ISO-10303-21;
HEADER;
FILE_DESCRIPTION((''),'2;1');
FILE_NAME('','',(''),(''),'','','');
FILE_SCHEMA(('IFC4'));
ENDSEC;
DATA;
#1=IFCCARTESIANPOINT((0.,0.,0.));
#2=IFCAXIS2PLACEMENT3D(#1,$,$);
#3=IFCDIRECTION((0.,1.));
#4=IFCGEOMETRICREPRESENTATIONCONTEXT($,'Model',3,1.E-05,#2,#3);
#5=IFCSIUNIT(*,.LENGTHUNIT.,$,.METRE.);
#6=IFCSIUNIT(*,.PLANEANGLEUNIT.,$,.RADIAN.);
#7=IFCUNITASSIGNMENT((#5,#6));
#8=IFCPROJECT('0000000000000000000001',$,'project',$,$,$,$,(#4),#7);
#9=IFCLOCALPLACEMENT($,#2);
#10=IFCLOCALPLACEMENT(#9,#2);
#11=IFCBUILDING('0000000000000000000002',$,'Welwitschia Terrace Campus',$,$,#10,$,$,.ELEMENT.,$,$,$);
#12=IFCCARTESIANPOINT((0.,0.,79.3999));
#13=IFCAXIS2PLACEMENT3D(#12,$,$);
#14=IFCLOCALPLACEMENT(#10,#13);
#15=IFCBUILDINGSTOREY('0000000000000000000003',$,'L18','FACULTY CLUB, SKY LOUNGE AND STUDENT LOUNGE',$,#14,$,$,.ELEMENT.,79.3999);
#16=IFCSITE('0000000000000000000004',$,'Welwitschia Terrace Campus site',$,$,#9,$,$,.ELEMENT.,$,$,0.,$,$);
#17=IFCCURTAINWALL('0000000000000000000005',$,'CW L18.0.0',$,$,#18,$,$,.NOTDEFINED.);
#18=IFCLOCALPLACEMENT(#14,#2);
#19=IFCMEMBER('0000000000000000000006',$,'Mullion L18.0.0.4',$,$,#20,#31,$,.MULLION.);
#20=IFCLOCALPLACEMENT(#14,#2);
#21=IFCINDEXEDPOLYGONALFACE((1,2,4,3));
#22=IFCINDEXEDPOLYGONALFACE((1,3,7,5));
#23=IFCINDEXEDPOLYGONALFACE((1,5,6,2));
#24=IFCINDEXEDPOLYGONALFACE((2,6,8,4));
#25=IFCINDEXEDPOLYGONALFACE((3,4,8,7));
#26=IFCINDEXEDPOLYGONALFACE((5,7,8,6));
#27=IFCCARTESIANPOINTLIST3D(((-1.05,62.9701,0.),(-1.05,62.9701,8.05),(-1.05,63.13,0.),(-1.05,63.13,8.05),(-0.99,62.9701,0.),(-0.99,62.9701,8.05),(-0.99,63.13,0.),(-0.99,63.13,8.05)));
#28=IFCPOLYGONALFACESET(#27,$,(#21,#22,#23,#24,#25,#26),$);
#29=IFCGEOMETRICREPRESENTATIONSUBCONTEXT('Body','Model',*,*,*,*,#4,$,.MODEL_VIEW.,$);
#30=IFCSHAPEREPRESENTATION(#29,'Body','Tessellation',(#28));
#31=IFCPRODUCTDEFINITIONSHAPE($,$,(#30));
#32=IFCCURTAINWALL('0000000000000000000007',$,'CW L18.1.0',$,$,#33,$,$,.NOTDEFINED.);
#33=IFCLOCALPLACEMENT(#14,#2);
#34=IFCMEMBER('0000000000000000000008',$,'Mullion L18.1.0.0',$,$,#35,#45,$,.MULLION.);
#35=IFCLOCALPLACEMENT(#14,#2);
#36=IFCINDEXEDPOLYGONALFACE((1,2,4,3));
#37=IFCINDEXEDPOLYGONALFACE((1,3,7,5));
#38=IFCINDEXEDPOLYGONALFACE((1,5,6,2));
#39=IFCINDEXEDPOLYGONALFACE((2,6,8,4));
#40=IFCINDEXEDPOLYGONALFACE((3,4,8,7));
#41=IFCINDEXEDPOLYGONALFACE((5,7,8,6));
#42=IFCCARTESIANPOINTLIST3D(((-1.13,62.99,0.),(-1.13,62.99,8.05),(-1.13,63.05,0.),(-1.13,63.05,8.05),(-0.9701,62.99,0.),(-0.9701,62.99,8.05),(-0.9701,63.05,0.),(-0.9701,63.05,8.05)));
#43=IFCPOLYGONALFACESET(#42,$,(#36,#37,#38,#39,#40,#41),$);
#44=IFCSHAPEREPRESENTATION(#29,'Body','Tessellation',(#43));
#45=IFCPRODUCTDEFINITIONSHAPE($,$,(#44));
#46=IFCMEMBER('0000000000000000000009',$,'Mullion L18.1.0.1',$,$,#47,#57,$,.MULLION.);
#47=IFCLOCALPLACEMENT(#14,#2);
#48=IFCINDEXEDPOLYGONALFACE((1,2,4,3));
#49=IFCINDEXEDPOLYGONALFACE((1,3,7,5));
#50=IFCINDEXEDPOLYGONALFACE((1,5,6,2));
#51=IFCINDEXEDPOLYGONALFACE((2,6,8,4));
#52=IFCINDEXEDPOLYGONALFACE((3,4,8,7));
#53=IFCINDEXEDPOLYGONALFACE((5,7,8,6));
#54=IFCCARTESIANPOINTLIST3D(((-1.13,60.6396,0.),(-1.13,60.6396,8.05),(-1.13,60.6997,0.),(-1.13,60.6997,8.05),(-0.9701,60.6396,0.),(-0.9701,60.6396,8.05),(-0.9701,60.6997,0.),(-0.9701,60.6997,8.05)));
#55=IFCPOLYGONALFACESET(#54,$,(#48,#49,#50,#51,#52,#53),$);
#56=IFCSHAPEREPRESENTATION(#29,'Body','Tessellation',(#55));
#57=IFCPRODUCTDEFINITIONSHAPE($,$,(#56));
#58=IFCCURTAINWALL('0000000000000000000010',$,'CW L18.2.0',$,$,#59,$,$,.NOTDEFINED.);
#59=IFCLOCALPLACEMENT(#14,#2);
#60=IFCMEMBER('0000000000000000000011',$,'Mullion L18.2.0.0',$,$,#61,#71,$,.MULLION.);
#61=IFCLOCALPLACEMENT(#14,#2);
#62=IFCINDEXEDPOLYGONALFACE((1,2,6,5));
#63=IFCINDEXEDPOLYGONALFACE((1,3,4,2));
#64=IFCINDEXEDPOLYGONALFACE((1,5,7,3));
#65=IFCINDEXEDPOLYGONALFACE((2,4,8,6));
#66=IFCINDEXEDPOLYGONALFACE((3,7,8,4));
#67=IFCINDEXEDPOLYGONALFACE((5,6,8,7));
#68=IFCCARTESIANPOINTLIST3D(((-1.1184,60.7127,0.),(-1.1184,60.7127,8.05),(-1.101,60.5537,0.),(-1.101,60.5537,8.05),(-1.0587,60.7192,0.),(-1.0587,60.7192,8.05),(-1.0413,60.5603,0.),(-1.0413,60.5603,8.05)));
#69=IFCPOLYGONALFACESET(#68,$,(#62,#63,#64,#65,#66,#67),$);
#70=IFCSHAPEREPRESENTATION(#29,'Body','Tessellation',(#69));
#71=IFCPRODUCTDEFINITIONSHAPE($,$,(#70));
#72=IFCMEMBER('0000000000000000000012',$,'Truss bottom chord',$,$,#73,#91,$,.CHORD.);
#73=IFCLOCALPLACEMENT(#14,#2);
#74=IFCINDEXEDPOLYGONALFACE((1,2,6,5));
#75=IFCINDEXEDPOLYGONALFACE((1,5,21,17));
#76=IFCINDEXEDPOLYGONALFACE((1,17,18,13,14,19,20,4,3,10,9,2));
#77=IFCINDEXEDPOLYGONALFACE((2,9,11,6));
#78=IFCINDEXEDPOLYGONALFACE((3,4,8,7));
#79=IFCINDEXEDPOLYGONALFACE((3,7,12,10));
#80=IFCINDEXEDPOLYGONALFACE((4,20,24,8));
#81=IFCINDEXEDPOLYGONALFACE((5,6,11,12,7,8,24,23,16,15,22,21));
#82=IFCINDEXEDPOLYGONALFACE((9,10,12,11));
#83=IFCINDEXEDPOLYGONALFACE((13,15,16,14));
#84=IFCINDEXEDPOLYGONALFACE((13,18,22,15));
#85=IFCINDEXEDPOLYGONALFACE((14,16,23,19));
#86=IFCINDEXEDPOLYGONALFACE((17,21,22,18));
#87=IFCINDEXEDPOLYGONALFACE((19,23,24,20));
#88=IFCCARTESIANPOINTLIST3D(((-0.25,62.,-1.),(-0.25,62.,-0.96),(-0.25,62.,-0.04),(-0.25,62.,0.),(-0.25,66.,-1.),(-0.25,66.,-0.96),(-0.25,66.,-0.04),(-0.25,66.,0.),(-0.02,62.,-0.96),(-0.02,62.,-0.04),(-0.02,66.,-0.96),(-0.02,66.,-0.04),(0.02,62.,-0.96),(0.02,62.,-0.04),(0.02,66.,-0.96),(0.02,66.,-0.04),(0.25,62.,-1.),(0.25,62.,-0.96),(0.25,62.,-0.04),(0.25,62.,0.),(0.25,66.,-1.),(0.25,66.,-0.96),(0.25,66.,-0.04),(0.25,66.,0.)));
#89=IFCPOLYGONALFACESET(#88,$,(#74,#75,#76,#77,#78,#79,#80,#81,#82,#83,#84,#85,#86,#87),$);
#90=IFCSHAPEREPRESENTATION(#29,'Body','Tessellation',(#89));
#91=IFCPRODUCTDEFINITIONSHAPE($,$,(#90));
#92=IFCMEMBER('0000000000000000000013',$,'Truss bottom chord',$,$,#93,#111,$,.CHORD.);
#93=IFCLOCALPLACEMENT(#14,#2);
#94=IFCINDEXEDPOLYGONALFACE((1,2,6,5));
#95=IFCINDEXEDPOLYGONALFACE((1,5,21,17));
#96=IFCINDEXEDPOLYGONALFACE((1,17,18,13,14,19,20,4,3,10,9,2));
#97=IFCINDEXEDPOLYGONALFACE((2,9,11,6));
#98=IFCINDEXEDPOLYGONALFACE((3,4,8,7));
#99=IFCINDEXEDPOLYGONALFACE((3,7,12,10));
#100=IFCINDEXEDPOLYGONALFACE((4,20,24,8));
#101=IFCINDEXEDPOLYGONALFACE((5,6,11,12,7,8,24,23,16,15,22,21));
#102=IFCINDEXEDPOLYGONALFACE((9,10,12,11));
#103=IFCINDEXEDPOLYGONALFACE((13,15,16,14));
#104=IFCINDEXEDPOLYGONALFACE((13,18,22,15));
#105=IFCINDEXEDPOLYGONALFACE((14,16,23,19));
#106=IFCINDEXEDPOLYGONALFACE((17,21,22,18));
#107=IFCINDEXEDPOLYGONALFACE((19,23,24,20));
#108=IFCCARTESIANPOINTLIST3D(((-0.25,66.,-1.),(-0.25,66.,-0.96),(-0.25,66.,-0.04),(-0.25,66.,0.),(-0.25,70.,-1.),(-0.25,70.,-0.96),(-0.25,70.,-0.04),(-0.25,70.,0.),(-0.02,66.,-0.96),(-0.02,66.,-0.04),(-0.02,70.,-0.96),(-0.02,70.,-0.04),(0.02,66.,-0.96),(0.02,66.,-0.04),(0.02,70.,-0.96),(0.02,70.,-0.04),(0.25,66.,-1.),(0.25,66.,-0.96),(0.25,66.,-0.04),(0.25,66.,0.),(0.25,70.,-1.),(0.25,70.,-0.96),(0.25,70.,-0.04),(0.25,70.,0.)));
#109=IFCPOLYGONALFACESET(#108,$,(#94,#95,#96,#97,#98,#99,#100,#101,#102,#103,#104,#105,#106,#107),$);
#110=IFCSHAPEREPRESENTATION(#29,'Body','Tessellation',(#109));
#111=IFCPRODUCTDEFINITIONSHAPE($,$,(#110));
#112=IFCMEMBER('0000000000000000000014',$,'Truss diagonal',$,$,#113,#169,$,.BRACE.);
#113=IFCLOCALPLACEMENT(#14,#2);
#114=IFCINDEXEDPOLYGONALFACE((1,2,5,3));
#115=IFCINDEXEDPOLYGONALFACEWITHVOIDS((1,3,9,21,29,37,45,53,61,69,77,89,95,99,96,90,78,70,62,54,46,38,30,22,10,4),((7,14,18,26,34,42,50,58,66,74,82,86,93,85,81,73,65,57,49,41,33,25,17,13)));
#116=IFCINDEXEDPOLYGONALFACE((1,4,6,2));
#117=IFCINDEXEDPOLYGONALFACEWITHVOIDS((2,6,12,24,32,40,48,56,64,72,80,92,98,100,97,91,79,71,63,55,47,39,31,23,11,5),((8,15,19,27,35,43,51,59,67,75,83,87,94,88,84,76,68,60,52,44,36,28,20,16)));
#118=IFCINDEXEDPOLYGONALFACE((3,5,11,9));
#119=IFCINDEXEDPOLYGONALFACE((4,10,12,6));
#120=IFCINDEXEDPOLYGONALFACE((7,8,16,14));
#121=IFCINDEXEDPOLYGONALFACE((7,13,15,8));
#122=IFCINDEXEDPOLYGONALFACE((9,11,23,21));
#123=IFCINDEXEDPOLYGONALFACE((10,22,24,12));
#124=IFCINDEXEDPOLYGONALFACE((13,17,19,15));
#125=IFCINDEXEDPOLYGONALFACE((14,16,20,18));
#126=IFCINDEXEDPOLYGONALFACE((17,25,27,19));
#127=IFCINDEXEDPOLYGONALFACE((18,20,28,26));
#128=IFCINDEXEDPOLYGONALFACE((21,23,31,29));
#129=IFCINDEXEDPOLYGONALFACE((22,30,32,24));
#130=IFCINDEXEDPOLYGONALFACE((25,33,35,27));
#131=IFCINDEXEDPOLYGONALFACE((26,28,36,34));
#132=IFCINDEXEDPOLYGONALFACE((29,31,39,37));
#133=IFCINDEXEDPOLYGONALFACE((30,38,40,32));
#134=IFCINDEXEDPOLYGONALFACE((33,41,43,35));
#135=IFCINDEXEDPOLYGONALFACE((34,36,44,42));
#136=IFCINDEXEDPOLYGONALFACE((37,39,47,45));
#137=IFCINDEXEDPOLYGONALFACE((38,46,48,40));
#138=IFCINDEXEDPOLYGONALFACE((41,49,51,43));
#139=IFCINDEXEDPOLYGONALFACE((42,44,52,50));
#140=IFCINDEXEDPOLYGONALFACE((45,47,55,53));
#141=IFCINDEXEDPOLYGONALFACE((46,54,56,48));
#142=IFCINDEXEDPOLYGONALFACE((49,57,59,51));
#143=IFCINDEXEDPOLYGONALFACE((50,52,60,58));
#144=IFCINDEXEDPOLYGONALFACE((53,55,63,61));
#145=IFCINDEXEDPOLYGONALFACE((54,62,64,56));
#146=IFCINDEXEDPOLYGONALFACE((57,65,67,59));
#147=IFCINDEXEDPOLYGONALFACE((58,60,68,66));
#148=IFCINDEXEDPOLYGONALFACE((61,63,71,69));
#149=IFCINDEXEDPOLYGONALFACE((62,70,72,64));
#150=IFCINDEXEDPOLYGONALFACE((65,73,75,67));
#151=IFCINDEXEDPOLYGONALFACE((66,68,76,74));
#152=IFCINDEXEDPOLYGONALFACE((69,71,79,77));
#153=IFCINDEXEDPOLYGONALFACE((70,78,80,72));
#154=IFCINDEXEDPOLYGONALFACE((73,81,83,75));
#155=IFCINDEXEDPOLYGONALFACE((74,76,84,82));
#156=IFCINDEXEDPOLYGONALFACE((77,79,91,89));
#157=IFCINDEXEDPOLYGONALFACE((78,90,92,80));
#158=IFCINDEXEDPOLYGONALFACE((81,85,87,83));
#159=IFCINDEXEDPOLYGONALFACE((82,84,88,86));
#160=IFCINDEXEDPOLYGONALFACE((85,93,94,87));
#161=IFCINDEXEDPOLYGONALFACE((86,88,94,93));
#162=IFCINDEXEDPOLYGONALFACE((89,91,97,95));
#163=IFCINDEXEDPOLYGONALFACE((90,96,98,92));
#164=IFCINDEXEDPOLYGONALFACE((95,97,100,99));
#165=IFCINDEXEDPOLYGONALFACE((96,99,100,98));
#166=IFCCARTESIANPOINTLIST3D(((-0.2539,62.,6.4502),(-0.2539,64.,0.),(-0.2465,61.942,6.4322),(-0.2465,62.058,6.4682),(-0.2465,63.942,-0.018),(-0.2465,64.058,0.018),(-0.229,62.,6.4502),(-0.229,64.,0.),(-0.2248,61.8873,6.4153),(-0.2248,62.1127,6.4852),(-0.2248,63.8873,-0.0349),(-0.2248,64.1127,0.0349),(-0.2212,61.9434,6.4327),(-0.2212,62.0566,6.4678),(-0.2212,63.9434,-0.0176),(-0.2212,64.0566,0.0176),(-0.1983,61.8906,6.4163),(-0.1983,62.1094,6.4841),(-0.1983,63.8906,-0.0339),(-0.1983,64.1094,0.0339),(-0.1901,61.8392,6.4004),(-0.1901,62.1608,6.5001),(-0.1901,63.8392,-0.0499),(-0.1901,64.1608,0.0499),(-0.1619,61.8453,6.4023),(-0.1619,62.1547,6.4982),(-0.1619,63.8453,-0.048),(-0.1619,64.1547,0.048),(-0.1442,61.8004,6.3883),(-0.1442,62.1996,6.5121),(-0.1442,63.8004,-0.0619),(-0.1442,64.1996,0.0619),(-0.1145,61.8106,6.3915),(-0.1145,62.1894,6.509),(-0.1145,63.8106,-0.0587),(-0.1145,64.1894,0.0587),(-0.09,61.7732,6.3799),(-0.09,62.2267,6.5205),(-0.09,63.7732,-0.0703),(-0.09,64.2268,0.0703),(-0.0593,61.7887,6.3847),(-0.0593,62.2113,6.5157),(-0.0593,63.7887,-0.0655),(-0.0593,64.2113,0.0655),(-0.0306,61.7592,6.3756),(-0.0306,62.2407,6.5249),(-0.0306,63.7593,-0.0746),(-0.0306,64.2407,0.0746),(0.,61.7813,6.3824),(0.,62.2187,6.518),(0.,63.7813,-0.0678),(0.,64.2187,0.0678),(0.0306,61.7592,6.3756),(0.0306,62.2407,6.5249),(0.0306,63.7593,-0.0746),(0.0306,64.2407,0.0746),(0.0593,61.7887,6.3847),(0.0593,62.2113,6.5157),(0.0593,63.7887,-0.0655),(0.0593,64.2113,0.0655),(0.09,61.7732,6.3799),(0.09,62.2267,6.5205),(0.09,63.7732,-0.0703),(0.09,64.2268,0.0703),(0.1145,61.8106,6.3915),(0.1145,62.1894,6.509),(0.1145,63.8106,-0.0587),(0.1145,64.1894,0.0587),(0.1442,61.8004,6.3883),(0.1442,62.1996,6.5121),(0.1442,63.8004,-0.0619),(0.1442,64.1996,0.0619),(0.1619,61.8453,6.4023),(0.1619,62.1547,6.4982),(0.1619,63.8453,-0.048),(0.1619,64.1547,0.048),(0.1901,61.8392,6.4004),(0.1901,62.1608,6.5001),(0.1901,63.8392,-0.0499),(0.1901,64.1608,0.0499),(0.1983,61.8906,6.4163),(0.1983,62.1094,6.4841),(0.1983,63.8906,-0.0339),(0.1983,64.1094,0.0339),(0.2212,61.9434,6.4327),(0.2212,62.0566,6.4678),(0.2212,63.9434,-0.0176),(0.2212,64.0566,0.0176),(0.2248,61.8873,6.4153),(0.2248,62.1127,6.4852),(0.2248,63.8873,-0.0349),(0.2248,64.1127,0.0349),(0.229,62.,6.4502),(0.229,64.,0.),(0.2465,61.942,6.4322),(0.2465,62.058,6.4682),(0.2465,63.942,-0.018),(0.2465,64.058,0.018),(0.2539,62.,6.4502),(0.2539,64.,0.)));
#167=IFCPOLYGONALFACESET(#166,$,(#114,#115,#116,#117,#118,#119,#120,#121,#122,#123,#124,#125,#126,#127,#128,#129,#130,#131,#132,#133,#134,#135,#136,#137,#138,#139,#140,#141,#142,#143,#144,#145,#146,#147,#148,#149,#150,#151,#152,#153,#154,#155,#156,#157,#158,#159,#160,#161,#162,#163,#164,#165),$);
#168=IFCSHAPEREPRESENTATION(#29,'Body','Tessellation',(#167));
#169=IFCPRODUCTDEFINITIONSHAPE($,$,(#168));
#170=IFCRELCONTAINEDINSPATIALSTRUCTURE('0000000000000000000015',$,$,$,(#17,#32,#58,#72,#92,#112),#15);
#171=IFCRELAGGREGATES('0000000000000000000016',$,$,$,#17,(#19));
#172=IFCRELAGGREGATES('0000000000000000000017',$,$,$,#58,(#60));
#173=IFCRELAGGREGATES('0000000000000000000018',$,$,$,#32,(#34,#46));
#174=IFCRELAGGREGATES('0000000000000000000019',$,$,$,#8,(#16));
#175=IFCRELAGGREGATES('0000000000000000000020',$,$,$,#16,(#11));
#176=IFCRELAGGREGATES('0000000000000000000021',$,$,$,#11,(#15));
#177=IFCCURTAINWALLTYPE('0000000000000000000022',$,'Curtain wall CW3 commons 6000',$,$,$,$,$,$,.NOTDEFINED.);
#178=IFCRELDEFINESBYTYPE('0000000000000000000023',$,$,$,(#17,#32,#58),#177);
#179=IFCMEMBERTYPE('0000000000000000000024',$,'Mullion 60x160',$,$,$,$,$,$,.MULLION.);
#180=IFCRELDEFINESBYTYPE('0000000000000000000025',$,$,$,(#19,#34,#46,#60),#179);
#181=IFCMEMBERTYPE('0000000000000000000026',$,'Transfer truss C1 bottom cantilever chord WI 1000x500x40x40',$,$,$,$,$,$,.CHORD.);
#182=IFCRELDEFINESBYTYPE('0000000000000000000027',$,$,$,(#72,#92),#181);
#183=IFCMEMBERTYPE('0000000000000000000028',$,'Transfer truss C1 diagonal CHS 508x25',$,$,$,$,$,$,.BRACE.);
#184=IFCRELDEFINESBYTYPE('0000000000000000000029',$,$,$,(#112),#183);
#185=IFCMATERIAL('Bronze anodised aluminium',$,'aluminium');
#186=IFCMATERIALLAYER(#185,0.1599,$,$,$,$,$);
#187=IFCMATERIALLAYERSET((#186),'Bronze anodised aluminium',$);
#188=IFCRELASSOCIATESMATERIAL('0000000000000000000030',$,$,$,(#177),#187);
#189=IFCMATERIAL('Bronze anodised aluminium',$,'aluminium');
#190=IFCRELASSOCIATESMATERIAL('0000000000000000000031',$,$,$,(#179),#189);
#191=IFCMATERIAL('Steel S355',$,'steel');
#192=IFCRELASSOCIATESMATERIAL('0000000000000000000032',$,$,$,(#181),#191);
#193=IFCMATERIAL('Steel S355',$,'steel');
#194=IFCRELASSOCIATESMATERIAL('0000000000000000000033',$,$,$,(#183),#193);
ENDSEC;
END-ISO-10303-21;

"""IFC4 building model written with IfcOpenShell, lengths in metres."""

from ifc_helpers import new_model, si_unit, direction, frame, origin, origin_2d, place, context, subcontext, project, spatial, rectangle, hollow_circle, i_section, extrude, material, layer, layer_set, material_profile, profile_set, type_object, element, aggregate, save


model = new_model("IFC4")

# Units and contexts
model_context = context("Model", 3, precision=1e-05, world=origin(), true_north=direction((0.0, 1.0)))
body_context = subcontext(model_context, "Body", "Model", "MODEL_VIEW")
ifc_project = project(units=[si_unit("LENGTHUNIT", "METRE"), si_unit("PLANEANGLEUNIT", "RADIAN")], contexts=[model_context])

# Site, building, storey
site_placement = place(None, origin())
site = spatial("IfcSite", under=ifc_project, at=site_placement, Name="Welwitschia Terrace Campus site", CompositionType="ELEMENT", RefElevation=0.0)
building_placement = place(site_placement, origin())
building = spatial("IfcBuilding", under=site, at=building_placement, Name="Welwitschia Terrace Campus", CompositionType="ELEMENT")
storey_placement = place(building_placement, frame((0.0, 0.0, 79.3999)))
storey = spatial("IfcBuildingStorey", under=building, at=storey_placement, Name="L18", Description="FACULTY CLUB, SKY LOUNGE AND STUDENT LOUNGE", CompositionType="ELEMENT", Elevation=79.3999)

# Curtain wall, member
ifc_material_1 = material(Name="Bronze anodised aluminium", Category="aluminium")
ifc_layer_1 = layer(ifc_material_1, 0.1599)
ifc_layer_set_1 = layer_set([ifc_layer_1], Name="Bronze anodised aluminium")
curtain_wall_type = type_object("IfcCurtainWallType", Name="Curtain wall CW3 commons 6000", PredefinedType="NOTDEFINED", material=ifc_layer_set_1)
curtain_wall_1_placement = place(storey_placement, origin())
curtain_wall_1 = element("IfcCurtainWall", 1, at=curtain_wall_1_placement, inside=storey, type_object=curtain_wall_type, Name="CW L18.0.0", PredefinedType="NOTDEFINED")
ifc_material_2 = material(Name="Bronze anodised aluminium", Category="aluminium")
ifc_material_profile_1 = material_profile(ifc_material_2, rectangle(XDim=0.1599, YDim=0.0601, at=origin_2d()))
ifc_profile_set_1 = profile_set([ifc_material_profile_1], Name="Bronze anodised aluminium")
member_type_1 = type_object("IfcMemberType", Name="Mullion 60x160", PredefinedType="MULLION", material=ifc_profile_set_1)
member_1_placement = place(storey_placement, frame((-1.02, 63.05, 0.0), z_axis=(0.0, 0.0, 1.0), x_axis=(0.0, -1.0, 0.0)))
member_1 = element("IfcMember", 2, at=member_1_placement, type_object=member_type_1, Name="Mullion L18.0.0.4", PredefinedType="MULLION", context=body_context, shape_type="SweptSolid", body=[
    extrude(rectangle(XDim=0.1599, YDim=0.0601, at=origin_2d()), origin(), (0.0, 0.0, 1.0), 8.05),
])
aggregate(curtain_wall_1, [member_1])

# Curtain wall, members
curtain_wall_2_placement = place(storey_placement, origin())
curtain_wall_2 = element("IfcCurtainWall", 3, at=curtain_wall_2_placement, inside=storey, type_object=curtain_wall_type, Name="CW L18.1.0", PredefinedType="NOTDEFINED")
member_2_placement = place(storey_placement, frame((-1.05, 63.02, 0.0), z_axis=(0.0, 0.0, 1.0), x_axis=(1.0, 0.0, 0.0)))
member_2 = element("IfcMember", 4, at=member_2_placement, type_object=member_type_1, Name="Mullion L18.1.0.0", PredefinedType="MULLION", context=body_context, shape_type="SweptSolid", body=[
    extrude(rectangle(XDim=0.1599, YDim=0.0601, at=origin_2d()), origin(), (0.0, 0.0, 1.0), 8.05),
])
member_3_placement = place(storey_placement, frame((-1.05, 60.6697, 0.0), z_axis=(0.0, 0.0, 1.0), x_axis=(1.0, 0.0, 0.0)))
member_3 = element("IfcMember", 5, at=member_3_placement, type_object=member_type_1, Name="Mullion L18.1.0.1", PredefinedType="MULLION", context=body_context, shape_type="SweptSolid", body=[
    extrude(rectangle(XDim=0.1599, YDim=0.0601, at=origin_2d()), origin(), (0.0, 0.0, 1.0), 8.05),
])

# Curtain wall, member
curtain_wall_3_placement = place(storey_placement, origin())
curtain_wall_3 = element("IfcCurtainWall", 6, at=curtain_wall_3_placement, inside=storey, type_object=curtain_wall_type, Name="CW L18.2.0", PredefinedType="NOTDEFINED")
member_4_placement = place(storey_placement, frame((-1.0798, 60.6365, 0.0), z_axis=(0.0, 0.0, 1.0), x_axis=(0.108867, -0.994056, 0.0)))
member_4 = element("IfcMember", 7, at=member_4_placement, type_object=member_type_1, Name="Mullion L18.2.0.0", PredefinedType="MULLION", context=body_context, shape_type="SweptSolid", body=[
    extrude(rectangle(XDim=0.1599, YDim=0.0601, at=origin_2d()), origin(), (0.0, 0.0, 1.0), 8.05),
])

# Members
ifc_material_3 = material(Name="Steel S355", Category="steel")
ifc_material_profile_2 = material_profile(ifc_material_3, i_section(OverallWidth=0.5, OverallDepth=1.0, WebThickness=0.04, FlangeThickness=0.04, at=origin_2d()))
ifc_profile_set_2 = profile_set([ifc_material_profile_2], Name="Steel S355")
member_type_2 = type_object("IfcMemberType", Name="Transfer truss C1 bottom cantilever chord WI 1000x500x40x40", PredefinedType="CHORD", material=ifc_profile_set_2)
for number, where, z_axis, x_axis, name in (
    (8, (0.0, 62.0, -0.5), (0.0, 1.0, 0.0), (-1.0, 0.0, 0.0), "Truss bottom chord"),
    (9, (0.0, 66.0, -0.5), (0.0, 1.0, 0.0), (-1.0, 0.0, 0.0), "Truss bottom chord"),
):
    element("IfcMember", number, at=place(storey_placement, frame(where, z_axis=z_axis, x_axis=x_axis)), inside=storey, type_object=member_type_2, Name=name, PredefinedType="CHORD", context=body_context, shape_type="SweptSolid", body=[
        extrude(i_section(OverallWidth=0.5, OverallDepth=1.0, WebThickness=0.04, FlangeThickness=0.04, at=origin_2d()), origin(), (0.0, 0.0, 1.0), 4.0),
    ])
ifc_material_4 = material(Name="Steel S355", Category="steel")
ifc_material_profile_3 = material_profile(ifc_material_4, hollow_circle(Radius=0.2539, WallThickness=0.0249, at=origin_2d()))
ifc_profile_set_3 = profile_set([ifc_material_profile_3], Name="Steel S355")
member_type_3 = type_object("IfcMemberType", Name="Transfer truss C1 diagonal CHS 508x25", PredefinedType="BRACE", material=ifc_profile_set_3)
member_5_placement = place(storey_placement, frame((0.0, 64.0, 0.0), z_axis=(0.0, -0.296158, 0.955139), x_axis=(1.0, 0.0, 0.0)))
element("IfcMember", 10, at=member_5_placement, inside=storey, type_object=member_type_3, Name="Truss diagonal", PredefinedType="BRACE", context=body_context, shape_type="SweptSolid", body=[
    extrude(hollow_circle(Radius=0.2539, WallThickness=0.0249, at=origin_2d()), origin(), (0.0, 0.0, 1.0), 6.7532),
])

aggregate(curtain_wall_3, [member_4])

aggregate(curtain_wall_2, [member_2, member_3])

save(model, "model.ifc")
